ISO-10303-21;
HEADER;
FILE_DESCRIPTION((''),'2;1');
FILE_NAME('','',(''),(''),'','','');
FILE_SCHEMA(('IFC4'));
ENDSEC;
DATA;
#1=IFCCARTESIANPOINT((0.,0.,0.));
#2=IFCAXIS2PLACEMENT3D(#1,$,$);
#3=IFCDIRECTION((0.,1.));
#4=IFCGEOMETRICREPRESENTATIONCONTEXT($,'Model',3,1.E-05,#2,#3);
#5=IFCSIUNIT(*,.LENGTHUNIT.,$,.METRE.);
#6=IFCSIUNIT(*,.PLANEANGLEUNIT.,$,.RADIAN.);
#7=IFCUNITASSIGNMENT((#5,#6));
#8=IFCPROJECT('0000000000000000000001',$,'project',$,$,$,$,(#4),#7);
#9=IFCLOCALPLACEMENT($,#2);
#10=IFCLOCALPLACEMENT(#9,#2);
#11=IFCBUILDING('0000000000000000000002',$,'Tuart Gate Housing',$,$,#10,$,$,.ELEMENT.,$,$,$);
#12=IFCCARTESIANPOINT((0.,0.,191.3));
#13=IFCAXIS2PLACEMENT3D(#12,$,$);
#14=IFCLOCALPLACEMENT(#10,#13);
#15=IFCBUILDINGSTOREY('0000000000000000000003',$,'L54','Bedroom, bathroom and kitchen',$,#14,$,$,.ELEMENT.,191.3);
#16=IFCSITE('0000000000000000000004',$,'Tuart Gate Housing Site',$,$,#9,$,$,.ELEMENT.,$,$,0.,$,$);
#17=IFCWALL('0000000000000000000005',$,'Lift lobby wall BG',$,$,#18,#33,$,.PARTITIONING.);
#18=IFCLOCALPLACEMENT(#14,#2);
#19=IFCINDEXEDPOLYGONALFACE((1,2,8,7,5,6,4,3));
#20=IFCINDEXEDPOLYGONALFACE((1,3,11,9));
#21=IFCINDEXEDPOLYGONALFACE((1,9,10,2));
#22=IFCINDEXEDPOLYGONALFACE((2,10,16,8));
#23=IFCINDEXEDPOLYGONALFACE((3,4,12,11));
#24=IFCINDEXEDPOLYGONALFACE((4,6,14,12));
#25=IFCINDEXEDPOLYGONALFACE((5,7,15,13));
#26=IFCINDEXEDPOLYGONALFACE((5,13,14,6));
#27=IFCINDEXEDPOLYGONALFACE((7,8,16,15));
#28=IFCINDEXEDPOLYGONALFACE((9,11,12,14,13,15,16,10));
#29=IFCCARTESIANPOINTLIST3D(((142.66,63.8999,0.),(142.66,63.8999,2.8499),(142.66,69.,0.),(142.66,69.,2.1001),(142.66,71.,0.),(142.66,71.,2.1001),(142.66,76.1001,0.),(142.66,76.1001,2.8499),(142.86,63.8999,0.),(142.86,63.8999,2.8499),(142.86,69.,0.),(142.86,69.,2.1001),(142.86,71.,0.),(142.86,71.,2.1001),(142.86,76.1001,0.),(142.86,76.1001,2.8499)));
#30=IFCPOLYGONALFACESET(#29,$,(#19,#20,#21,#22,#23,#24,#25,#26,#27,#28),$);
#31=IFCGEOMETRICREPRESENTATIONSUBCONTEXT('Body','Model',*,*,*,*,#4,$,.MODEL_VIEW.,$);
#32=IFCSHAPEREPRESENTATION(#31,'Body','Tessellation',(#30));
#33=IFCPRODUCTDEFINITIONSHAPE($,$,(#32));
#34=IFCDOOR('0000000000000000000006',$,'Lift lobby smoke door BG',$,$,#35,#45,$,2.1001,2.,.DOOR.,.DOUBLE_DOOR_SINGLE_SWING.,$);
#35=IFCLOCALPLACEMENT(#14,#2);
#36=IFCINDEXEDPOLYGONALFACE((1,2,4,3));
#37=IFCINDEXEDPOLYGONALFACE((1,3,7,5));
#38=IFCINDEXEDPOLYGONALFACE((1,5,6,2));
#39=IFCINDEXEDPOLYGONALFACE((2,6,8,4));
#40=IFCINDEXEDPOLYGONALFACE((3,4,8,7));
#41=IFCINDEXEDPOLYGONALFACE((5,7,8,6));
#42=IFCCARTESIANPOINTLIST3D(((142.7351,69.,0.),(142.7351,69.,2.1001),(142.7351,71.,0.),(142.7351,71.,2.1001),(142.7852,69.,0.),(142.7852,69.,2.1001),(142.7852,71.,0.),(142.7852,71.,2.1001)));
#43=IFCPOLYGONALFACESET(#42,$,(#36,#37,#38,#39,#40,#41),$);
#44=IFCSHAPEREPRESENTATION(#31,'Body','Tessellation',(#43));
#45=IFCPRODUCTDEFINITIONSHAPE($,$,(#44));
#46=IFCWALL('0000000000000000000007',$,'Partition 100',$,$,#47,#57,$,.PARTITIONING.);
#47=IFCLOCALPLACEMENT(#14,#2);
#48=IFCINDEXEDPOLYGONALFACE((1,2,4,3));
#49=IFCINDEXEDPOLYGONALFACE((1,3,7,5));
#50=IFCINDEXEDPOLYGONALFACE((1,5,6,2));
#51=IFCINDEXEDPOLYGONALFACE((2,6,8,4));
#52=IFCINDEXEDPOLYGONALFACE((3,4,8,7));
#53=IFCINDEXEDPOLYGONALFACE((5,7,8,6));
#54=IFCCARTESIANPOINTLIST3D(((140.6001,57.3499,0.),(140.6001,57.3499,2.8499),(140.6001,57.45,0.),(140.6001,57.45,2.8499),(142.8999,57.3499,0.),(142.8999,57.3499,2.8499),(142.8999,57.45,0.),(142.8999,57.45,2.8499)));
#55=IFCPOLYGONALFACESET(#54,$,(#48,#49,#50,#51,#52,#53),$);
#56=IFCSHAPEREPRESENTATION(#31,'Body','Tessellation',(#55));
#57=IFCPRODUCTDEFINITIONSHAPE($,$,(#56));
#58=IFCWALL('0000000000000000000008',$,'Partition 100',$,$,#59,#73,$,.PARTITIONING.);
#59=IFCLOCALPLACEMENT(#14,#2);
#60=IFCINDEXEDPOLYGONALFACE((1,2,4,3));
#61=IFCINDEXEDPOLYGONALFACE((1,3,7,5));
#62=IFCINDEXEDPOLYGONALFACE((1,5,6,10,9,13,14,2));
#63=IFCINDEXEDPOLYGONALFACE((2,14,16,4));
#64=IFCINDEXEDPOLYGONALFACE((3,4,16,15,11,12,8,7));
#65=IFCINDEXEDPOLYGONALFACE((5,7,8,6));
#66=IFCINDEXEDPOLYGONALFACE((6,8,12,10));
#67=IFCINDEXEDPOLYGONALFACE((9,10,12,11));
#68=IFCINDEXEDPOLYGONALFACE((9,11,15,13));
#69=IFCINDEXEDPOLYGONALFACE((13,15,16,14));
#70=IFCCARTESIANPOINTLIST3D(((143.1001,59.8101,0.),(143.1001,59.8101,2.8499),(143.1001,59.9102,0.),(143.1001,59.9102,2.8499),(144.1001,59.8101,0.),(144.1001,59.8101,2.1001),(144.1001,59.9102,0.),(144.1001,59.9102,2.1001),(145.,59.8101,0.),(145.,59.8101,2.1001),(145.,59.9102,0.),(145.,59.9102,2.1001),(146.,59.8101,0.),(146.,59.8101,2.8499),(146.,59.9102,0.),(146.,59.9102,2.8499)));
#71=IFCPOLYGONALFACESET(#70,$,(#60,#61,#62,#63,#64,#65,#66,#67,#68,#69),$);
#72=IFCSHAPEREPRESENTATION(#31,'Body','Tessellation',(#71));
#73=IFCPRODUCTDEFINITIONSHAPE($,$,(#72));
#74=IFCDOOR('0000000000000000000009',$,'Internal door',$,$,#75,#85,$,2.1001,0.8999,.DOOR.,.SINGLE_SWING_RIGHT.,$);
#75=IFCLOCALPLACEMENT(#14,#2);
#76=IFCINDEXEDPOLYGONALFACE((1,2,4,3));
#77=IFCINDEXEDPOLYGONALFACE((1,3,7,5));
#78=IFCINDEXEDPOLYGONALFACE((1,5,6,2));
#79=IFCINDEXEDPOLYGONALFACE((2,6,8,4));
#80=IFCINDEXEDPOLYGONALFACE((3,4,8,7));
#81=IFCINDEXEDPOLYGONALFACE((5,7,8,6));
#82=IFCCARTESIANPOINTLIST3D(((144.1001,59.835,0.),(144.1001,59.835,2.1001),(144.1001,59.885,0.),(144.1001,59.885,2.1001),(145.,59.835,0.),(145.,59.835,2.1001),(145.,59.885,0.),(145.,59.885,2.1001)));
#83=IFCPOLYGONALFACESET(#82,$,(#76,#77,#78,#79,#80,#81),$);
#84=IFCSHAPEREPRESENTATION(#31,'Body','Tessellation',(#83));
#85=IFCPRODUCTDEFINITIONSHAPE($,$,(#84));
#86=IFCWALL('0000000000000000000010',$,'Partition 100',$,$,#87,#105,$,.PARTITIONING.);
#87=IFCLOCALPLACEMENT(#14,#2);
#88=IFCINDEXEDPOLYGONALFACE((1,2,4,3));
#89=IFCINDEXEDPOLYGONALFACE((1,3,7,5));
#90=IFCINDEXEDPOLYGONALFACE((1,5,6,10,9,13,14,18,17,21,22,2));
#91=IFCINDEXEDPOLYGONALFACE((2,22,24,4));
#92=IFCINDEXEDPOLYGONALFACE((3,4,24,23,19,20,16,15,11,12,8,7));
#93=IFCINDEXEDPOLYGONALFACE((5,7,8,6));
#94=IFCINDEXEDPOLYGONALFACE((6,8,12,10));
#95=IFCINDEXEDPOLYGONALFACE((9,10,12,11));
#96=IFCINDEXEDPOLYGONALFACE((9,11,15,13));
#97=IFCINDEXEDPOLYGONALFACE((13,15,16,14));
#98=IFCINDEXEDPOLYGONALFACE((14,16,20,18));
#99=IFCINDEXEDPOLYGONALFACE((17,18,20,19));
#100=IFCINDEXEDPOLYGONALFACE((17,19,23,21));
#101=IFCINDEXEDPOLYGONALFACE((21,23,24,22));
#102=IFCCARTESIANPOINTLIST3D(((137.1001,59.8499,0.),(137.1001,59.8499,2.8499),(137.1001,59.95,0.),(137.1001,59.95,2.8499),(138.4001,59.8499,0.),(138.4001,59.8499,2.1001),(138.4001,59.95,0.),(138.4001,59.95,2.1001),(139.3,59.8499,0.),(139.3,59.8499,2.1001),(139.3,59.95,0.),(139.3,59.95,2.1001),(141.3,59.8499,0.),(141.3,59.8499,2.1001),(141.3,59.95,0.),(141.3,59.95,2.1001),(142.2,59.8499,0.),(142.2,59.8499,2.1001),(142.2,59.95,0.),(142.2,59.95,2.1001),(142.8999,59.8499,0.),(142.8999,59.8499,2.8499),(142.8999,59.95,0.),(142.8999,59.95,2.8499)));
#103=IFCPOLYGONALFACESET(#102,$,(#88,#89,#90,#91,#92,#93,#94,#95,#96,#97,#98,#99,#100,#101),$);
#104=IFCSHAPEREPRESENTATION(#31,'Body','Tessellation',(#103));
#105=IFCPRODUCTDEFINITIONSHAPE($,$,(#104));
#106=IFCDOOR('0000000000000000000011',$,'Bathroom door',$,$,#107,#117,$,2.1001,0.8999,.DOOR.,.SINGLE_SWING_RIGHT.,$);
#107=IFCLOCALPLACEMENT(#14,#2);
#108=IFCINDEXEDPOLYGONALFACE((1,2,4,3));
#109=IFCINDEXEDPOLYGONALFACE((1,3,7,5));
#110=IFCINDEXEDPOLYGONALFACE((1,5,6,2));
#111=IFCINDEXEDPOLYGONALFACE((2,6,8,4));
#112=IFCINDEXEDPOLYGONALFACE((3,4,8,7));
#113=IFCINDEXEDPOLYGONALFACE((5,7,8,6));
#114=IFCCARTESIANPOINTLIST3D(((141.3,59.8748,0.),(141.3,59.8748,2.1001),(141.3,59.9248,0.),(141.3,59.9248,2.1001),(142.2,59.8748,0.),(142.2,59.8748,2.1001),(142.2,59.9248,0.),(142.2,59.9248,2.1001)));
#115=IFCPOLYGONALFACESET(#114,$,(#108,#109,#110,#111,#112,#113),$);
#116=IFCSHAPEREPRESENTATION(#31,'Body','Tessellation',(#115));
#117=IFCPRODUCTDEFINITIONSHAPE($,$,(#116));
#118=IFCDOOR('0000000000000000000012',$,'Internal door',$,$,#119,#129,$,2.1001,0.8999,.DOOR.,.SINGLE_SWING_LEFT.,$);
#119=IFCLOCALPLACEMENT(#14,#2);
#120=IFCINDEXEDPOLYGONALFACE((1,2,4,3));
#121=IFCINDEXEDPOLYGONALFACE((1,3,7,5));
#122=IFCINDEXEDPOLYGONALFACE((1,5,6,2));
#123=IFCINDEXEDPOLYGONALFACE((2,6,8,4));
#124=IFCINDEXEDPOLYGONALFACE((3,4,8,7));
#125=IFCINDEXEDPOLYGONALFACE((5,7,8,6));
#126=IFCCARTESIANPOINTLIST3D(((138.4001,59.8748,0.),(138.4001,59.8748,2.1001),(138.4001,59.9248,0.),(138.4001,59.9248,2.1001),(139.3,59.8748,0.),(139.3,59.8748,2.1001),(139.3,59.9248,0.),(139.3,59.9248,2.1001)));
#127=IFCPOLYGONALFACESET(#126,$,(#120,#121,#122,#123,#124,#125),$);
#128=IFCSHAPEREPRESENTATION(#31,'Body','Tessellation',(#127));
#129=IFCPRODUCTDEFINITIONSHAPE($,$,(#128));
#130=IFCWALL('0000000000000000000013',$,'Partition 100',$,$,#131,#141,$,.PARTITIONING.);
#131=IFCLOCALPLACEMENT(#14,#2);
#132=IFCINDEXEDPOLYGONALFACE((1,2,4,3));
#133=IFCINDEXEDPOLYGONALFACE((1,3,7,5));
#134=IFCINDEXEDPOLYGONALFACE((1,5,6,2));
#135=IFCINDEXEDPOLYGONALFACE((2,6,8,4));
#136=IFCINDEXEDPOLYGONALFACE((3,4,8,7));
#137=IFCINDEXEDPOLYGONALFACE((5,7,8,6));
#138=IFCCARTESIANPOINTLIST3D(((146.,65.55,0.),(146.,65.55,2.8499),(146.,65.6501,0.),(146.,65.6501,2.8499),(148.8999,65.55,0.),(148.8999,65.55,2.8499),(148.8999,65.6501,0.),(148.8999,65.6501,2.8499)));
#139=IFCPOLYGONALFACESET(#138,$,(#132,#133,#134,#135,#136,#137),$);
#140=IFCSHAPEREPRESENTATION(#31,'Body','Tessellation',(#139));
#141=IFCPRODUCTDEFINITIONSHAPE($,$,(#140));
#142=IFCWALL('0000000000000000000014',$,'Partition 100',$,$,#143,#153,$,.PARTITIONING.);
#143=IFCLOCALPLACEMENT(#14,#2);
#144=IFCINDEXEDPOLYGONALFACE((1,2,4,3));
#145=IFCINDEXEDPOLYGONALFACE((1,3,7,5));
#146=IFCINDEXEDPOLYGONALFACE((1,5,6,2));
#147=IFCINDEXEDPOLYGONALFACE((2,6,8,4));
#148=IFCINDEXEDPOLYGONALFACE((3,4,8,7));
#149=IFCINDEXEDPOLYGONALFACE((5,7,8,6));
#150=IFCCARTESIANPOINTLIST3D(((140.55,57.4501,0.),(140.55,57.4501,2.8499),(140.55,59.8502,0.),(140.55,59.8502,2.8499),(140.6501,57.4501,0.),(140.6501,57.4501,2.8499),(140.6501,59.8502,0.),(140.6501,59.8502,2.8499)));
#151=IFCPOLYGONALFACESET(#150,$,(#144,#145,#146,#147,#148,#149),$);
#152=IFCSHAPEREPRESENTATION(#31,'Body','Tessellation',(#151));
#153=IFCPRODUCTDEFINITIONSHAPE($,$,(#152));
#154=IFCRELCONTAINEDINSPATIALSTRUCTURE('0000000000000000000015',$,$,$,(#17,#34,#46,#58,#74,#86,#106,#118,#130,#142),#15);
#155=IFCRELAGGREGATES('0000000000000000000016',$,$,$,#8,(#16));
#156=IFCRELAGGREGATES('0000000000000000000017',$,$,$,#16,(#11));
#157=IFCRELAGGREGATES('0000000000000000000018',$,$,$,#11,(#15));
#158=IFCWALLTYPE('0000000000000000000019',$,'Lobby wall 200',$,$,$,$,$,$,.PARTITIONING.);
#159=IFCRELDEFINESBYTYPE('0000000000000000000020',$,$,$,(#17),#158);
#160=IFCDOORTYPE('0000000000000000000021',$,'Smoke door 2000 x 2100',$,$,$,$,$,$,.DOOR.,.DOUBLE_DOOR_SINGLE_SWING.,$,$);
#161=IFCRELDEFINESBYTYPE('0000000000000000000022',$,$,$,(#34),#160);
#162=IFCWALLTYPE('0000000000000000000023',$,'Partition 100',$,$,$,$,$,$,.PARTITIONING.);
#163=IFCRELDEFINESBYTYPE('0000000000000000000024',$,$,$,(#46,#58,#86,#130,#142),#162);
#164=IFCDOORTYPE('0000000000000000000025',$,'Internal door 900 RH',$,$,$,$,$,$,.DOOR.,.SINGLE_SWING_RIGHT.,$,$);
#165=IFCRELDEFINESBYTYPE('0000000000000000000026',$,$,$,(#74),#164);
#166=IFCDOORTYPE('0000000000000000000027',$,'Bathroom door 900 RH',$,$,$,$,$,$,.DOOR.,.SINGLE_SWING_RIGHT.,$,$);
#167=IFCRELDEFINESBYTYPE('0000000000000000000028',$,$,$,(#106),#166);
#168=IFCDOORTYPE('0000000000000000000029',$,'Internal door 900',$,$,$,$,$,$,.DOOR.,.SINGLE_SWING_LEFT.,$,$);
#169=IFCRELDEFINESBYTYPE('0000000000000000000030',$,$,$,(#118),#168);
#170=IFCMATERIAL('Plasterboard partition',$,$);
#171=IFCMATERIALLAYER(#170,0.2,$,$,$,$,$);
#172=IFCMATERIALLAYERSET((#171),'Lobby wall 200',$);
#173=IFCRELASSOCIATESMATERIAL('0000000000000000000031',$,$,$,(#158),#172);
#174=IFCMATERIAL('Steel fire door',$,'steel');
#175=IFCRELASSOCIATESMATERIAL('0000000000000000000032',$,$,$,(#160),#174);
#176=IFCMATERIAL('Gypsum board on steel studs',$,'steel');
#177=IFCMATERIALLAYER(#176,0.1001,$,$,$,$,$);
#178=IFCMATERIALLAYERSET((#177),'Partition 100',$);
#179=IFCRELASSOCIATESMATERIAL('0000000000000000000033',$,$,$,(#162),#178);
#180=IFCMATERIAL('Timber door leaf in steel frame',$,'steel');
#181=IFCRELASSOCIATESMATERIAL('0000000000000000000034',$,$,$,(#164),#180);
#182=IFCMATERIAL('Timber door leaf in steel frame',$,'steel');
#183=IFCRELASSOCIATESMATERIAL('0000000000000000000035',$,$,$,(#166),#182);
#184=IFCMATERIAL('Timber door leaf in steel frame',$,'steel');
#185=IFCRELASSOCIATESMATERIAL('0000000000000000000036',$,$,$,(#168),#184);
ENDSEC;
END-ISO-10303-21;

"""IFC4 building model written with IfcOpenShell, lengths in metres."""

from ifc_helpers import new_model, si_unit, direction, frame, frame_2d, origin, place, context, subcontext, project, spatial, rectangle, extrude, material, layer, layer_set, type_object, element, fill, save


model = new_model("IFC4")

# Units and contexts
model_context = context("Model", 3, precision=1e-05, world=origin(), true_north=direction((0.0, 1.0)))
body_context = subcontext(model_context, "Body", "Model", "MODEL_VIEW")
ifc_project = project(units=[si_unit("LENGTHUNIT", "METRE"), si_unit("PLANEANGLEUNIT", "RADIAN")], contexts=[model_context])

# Site, building, storey
site_placement = place(None, origin())
site = spatial("IfcSite", under=ifc_project, at=site_placement, Name="Tuart Gate Housing Site", CompositionType="ELEMENT", RefElevation=0.0)
building_placement = place(site_placement, origin())
building = spatial("IfcBuilding", under=site, at=building_placement, Name="Tuart Gate Housing", CompositionType="ELEMENT")
storey_placement = place(building_placement, frame((0.0, 0.0, 191.3)))
storey = spatial("IfcBuildingStorey", under=building, at=storey_placement, Name="L54", Description="Bedroom, bathroom and kitchen", CompositionType="ELEMENT", Elevation=191.3)

# Wall, opening, door
ifc_material_1 = material(Name="Plasterboard partition")
ifc_layer_1 = layer(ifc_material_1, 0.2)
ifc_layer_set_1 = layer_set([ifc_layer_1], Name="Lobby wall 200")
wall_type_1 = type_object("IfcWallType", Name="Lobby wall 200", PredefinedType="PARTITIONING", material=ifc_layer_set_1)
wall_1_placement = place(storey_placement, frame((142.76, 63.8999, 0.0), z_axis=(0.0, 0.0, 1.0), x_axis=(0.0, 1.0, 0.0)))
wall_1 = element("IfcWall", 1, at=wall_1_placement, inside=storey, type_object=wall_type_1, Name="Lift lobby wall BG", PredefinedType="PARTITIONING", context=body_context, shape_type="SweptSolid", body=[
    extrude(rectangle(XDim=12.2002, YDim=0.2, at=frame_2d((6.1001, 0.0))), origin(), (0.0, 0.0, 1.0), 2.8499),
])
opening_1_placement = place(wall_1_placement, frame((5.1001, 0.0, 0.0)))
opening_1 = element("IfcOpeningElement", 2, at=opening_1_placement, cuts=wall_1, PredefinedType="OPENING", context=body_context, shape_type="SweptSolid", body=[
    extrude(rectangle(XDim=2.0, YDim=2.1001, at=frame_2d((1.0, 1.05))), frame((0.0, 0.1099, 0.0), z_axis=(0.0, -1.0, 0.0), x_axis=(1.0, 0.0, 0.0)), (0.0, 0.0, 1.0), 0.22),
])
ifc_material_2 = material(Name="Steel fire door", Category="steel")
door_type_1 = type_object("IfcDoorType", Name="Smoke door 2000 x 2100", OperationType="DOUBLE_DOOR_SINGLE_SWING", PredefinedType="DOOR", material=ifc_material_2)
door_1_placement = place(opening_1_placement, origin())
door_1 = element("IfcDoor", 3, at=door_1_placement, inside=storey, type_object=door_type_1, Name="Lift lobby smoke door BG", OperationType="DOUBLE_DOOR_SINGLE_SWING", OverallHeight=2.1001, OverallWidth=2.0, PredefinedType="DOOR", context=body_context, shape_type="SweptSolid", body=[
    extrude(rectangle(XDim=2.0, YDim=2.1001, at=frame_2d((1.0, 1.05))), frame((0.0, 0.0249, 0.0), z_axis=(0.0, -1.0, 0.0), x_axis=(1.0, 0.0, 0.0)), (0.0, 0.0, 1.0), 0.05),
])
fill(opening_1, door_1)

# Wall
ifc_material_3 = material(Name="Gypsum board on steel studs", Category="steel")
ifc_layer_2 = layer(ifc_material_3, 0.1001)
ifc_layer_set_2 = layer_set([ifc_layer_2], Name="Partition 100")
wall_type_2 = type_object("IfcWallType", Name="Partition 100", PredefinedType="PARTITIONING", material=ifc_layer_set_2)
wall_2_placement = place(storey_placement, frame((140.6001, 57.3999, 0.0), z_axis=(0.0, 0.0, 1.0), x_axis=(1.0, 0.0, 0.0)))
element("IfcWall", 4, at=wall_2_placement, inside=storey, type_object=wall_type_2, Name="Partition 100", PredefinedType="PARTITIONING", context=body_context, shape_type="SweptSolid", body=[
    extrude(rectangle(XDim=2.2998, YDim=0.1001, at=frame_2d((1.1499, 0.0))), origin(), (0.0, 0.0, 1.0), 2.8499),
])

# Wall, opening, door
wall_3_placement = place(storey_placement, frame((143.1001, 59.8601, 0.0), z_axis=(0.0, 0.0, 1.0), x_axis=(1.0, 0.0, 0.0)))
wall_3 = element("IfcWall", 5, at=wall_3_placement, inside=storey, type_object=wall_type_2, Name="Partition 100", PredefinedType="PARTITIONING", context=body_context, shape_type="SweptSolid", body=[
    extrude(rectangle(XDim=2.8999, YDim=0.1001, at=frame_2d((1.45, 0.0))), origin(), (0.0, 0.0, 1.0), 2.8499),
])
opening_2_placement = place(wall_3_placement, frame((1.0, 0.0, 0.0)))
opening_2 = element("IfcOpeningElement", 6, at=opening_2_placement, cuts=wall_3, PredefinedType="OPENING", context=body_context, shape_type="SweptSolid", body=[
    extrude(rectangle(XDim=0.8999, YDim=2.1001, at=frame_2d((0.45, 1.05))), frame((0.0, 0.0601, 0.0), z_axis=(0.0, -1.0, 0.0), x_axis=(1.0, 0.0, 0.0)), (0.0, 0.0, 1.0), 0.1201),
])
ifc_material_4 = material(Name="Timber door leaf in steel frame", Category="steel")
door_type_2 = type_object("IfcDoorType", Name="Internal door 900 RH", OperationType="SINGLE_SWING_RIGHT", PredefinedType="DOOR", material=ifc_material_4)
door_2_placement = place(opening_2_placement, origin())
door_2 = element("IfcDoor", 7, at=door_2_placement, inside=storey, type_object=door_type_2, Name="Internal door", OperationType="SINGLE_SWING_RIGHT", OverallHeight=2.1001, OverallWidth=0.8999, PredefinedType="DOOR", context=body_context, shape_type="SweptSolid", body=[
    extrude(rectangle(XDim=0.8999, YDim=2.1001, at=frame_2d((0.45, 1.05))), frame((0.0, 0.0249, 0.0), z_axis=(0.0, -1.0, 0.0), x_axis=(1.0, 0.0, 0.0)), (0.0, 0.0, 1.0), 0.05),
])
fill(opening_2, door_2)

# Wall, openings, doors
wall_4_placement = place(storey_placement, frame((137.1001, 59.8999, 0.0), z_axis=(0.0, 0.0, 1.0), x_axis=(1.0, 0.0, 0.0)))
wall_4 = element("IfcWall", 8, at=wall_4_placement, inside=storey, type_object=wall_type_2, Name="Partition 100", PredefinedType="PARTITIONING", context=body_context, shape_type="SweptSolid", body=[
    extrude(rectangle(XDim=5.7998, YDim=0.1001, at=frame_2d((2.8999, 0.0))), origin(), (0.0, 0.0, 1.0), 2.8499),
])
opening_3_placement = place(wall_4_placement, frame((1.3, 0.0, 0.0)))
opening_3 = element("IfcOpeningElement", 9, at=opening_3_placement, cuts=wall_4, PredefinedType="OPENING", context=body_context, shape_type="SweptSolid", body=[
    extrude(rectangle(XDim=0.8999, YDim=2.1001, at=frame_2d((0.45, 1.05))), frame((0.0, 0.0601, 0.0), z_axis=(0.0, -1.0, 0.0), x_axis=(1.0, 0.0, 0.0)), (0.0, 0.0, 1.0), 0.1201),
])
opening_4_placement = place(wall_4_placement, frame((4.2, 0.0, 0.0)))
opening_4 = element("IfcOpeningElement", 10, at=opening_4_placement, cuts=wall_4, PredefinedType="OPENING", context=body_context, shape_type="SweptSolid", body=[
    extrude(rectangle(XDim=0.8999, YDim=2.1001, at=frame_2d((0.45, 1.05))), frame((0.0, 0.0601, 0.0), z_axis=(0.0, -1.0, 0.0), x_axis=(1.0, 0.0, 0.0)), (0.0, 0.0, 1.0), 0.1201),
])
ifc_material_5 = material(Name="Timber door leaf in steel frame", Category="steel")
door_type_3 = type_object("IfcDoorType", Name="Bathroom door 900 RH", OperationType="SINGLE_SWING_RIGHT", PredefinedType="DOOR", material=ifc_material_5)
door_3_placement = place(opening_4_placement, frame((0.8999, 0.0, 0.0), z_axis=(0.0, 0.0, 1.0), x_axis=(-1.0, 0.0, 0.0)))
door_3 = element("IfcDoor", 11, at=door_3_placement, inside=storey, type_object=door_type_3, Name="Bathroom door", OperationType="SINGLE_SWING_RIGHT", OverallHeight=2.1001, OverallWidth=0.8999, PredefinedType="DOOR", context=body_context, shape_type="SweptSolid", body=[
    extrude(rectangle(XDim=0.8999, YDim=2.1001, at=frame_2d((0.45, 1.05))), frame((0.0, 0.0251, 0.0), z_axis=(0.0, -1.0, 0.0), x_axis=(1.0, 0.0, 0.0)), (0.0, 0.0, 1.0), 0.05),
])
fill(opening_4, door_3)
ifc_material_6 = material(Name="Timber door leaf in steel frame", Category="steel")
door_type_4 = type_object("IfcDoorType", Name="Internal door 900", OperationType="SINGLE_SWING_LEFT", PredefinedType="DOOR", material=ifc_material_6)
door_4_placement = place(opening_3_placement, frame((0.8999, 0.0, 0.0), z_axis=(0.0, 0.0, 1.0), x_axis=(-1.0, 0.0, 0.0)))
door_4 = element("IfcDoor", 12, at=door_4_placement, inside=storey, type_object=door_type_4, Name="Internal door", OperationType="SINGLE_SWING_LEFT", OverallHeight=2.1001, OverallWidth=0.8999, PredefinedType="DOOR", context=body_context, shape_type="SweptSolid", body=[
    extrude(rectangle(XDim=0.8999, YDim=2.1001, at=frame_2d((0.45, 1.05))), frame((0.0, 0.0251, 0.0), z_axis=(0.0, -1.0, 0.0), x_axis=(1.0, 0.0, 0.0)), (0.0, 0.0, 1.0), 0.05),
])
fill(opening_3, door_4)

# Walls
wall_5_placement = place(storey_placement, frame((146.0, 65.6001, 0.0), z_axis=(0.0, 0.0, 1.0), x_axis=(1.0, 0.0, 0.0)))
element("IfcWall", 13, at=wall_5_placement, inside=storey, type_object=wall_type_2, Name="Partition 100", PredefinedType="PARTITIONING", context=body_context, shape_type="SweptSolid", body=[
    extrude(rectangle(XDim=2.8999, YDim=0.1001, at=frame_2d((1.45, 0.0))), origin(), (0.0, 0.0, 1.0), 2.8499),
])
wall_6_placement = place(storey_placement, frame((140.6001, 57.45, 0.0), z_axis=(0.0, 0.0, 1.0), x_axis=(0.0, 1.0, 0.0)))
element("IfcWall", 14, at=wall_6_placement, inside=storey, type_object=wall_type_2, Name="Partition 100", PredefinedType="PARTITIONING", context=body_context, shape_type="SweptSolid", body=[
    extrude(rectangle(XDim=2.4001, YDim=0.1001, at=frame_2d((1.2002, 0.0))), origin(), (0.0, 0.0, 1.0), 2.8499),
])

save(model, "model.ifc")
